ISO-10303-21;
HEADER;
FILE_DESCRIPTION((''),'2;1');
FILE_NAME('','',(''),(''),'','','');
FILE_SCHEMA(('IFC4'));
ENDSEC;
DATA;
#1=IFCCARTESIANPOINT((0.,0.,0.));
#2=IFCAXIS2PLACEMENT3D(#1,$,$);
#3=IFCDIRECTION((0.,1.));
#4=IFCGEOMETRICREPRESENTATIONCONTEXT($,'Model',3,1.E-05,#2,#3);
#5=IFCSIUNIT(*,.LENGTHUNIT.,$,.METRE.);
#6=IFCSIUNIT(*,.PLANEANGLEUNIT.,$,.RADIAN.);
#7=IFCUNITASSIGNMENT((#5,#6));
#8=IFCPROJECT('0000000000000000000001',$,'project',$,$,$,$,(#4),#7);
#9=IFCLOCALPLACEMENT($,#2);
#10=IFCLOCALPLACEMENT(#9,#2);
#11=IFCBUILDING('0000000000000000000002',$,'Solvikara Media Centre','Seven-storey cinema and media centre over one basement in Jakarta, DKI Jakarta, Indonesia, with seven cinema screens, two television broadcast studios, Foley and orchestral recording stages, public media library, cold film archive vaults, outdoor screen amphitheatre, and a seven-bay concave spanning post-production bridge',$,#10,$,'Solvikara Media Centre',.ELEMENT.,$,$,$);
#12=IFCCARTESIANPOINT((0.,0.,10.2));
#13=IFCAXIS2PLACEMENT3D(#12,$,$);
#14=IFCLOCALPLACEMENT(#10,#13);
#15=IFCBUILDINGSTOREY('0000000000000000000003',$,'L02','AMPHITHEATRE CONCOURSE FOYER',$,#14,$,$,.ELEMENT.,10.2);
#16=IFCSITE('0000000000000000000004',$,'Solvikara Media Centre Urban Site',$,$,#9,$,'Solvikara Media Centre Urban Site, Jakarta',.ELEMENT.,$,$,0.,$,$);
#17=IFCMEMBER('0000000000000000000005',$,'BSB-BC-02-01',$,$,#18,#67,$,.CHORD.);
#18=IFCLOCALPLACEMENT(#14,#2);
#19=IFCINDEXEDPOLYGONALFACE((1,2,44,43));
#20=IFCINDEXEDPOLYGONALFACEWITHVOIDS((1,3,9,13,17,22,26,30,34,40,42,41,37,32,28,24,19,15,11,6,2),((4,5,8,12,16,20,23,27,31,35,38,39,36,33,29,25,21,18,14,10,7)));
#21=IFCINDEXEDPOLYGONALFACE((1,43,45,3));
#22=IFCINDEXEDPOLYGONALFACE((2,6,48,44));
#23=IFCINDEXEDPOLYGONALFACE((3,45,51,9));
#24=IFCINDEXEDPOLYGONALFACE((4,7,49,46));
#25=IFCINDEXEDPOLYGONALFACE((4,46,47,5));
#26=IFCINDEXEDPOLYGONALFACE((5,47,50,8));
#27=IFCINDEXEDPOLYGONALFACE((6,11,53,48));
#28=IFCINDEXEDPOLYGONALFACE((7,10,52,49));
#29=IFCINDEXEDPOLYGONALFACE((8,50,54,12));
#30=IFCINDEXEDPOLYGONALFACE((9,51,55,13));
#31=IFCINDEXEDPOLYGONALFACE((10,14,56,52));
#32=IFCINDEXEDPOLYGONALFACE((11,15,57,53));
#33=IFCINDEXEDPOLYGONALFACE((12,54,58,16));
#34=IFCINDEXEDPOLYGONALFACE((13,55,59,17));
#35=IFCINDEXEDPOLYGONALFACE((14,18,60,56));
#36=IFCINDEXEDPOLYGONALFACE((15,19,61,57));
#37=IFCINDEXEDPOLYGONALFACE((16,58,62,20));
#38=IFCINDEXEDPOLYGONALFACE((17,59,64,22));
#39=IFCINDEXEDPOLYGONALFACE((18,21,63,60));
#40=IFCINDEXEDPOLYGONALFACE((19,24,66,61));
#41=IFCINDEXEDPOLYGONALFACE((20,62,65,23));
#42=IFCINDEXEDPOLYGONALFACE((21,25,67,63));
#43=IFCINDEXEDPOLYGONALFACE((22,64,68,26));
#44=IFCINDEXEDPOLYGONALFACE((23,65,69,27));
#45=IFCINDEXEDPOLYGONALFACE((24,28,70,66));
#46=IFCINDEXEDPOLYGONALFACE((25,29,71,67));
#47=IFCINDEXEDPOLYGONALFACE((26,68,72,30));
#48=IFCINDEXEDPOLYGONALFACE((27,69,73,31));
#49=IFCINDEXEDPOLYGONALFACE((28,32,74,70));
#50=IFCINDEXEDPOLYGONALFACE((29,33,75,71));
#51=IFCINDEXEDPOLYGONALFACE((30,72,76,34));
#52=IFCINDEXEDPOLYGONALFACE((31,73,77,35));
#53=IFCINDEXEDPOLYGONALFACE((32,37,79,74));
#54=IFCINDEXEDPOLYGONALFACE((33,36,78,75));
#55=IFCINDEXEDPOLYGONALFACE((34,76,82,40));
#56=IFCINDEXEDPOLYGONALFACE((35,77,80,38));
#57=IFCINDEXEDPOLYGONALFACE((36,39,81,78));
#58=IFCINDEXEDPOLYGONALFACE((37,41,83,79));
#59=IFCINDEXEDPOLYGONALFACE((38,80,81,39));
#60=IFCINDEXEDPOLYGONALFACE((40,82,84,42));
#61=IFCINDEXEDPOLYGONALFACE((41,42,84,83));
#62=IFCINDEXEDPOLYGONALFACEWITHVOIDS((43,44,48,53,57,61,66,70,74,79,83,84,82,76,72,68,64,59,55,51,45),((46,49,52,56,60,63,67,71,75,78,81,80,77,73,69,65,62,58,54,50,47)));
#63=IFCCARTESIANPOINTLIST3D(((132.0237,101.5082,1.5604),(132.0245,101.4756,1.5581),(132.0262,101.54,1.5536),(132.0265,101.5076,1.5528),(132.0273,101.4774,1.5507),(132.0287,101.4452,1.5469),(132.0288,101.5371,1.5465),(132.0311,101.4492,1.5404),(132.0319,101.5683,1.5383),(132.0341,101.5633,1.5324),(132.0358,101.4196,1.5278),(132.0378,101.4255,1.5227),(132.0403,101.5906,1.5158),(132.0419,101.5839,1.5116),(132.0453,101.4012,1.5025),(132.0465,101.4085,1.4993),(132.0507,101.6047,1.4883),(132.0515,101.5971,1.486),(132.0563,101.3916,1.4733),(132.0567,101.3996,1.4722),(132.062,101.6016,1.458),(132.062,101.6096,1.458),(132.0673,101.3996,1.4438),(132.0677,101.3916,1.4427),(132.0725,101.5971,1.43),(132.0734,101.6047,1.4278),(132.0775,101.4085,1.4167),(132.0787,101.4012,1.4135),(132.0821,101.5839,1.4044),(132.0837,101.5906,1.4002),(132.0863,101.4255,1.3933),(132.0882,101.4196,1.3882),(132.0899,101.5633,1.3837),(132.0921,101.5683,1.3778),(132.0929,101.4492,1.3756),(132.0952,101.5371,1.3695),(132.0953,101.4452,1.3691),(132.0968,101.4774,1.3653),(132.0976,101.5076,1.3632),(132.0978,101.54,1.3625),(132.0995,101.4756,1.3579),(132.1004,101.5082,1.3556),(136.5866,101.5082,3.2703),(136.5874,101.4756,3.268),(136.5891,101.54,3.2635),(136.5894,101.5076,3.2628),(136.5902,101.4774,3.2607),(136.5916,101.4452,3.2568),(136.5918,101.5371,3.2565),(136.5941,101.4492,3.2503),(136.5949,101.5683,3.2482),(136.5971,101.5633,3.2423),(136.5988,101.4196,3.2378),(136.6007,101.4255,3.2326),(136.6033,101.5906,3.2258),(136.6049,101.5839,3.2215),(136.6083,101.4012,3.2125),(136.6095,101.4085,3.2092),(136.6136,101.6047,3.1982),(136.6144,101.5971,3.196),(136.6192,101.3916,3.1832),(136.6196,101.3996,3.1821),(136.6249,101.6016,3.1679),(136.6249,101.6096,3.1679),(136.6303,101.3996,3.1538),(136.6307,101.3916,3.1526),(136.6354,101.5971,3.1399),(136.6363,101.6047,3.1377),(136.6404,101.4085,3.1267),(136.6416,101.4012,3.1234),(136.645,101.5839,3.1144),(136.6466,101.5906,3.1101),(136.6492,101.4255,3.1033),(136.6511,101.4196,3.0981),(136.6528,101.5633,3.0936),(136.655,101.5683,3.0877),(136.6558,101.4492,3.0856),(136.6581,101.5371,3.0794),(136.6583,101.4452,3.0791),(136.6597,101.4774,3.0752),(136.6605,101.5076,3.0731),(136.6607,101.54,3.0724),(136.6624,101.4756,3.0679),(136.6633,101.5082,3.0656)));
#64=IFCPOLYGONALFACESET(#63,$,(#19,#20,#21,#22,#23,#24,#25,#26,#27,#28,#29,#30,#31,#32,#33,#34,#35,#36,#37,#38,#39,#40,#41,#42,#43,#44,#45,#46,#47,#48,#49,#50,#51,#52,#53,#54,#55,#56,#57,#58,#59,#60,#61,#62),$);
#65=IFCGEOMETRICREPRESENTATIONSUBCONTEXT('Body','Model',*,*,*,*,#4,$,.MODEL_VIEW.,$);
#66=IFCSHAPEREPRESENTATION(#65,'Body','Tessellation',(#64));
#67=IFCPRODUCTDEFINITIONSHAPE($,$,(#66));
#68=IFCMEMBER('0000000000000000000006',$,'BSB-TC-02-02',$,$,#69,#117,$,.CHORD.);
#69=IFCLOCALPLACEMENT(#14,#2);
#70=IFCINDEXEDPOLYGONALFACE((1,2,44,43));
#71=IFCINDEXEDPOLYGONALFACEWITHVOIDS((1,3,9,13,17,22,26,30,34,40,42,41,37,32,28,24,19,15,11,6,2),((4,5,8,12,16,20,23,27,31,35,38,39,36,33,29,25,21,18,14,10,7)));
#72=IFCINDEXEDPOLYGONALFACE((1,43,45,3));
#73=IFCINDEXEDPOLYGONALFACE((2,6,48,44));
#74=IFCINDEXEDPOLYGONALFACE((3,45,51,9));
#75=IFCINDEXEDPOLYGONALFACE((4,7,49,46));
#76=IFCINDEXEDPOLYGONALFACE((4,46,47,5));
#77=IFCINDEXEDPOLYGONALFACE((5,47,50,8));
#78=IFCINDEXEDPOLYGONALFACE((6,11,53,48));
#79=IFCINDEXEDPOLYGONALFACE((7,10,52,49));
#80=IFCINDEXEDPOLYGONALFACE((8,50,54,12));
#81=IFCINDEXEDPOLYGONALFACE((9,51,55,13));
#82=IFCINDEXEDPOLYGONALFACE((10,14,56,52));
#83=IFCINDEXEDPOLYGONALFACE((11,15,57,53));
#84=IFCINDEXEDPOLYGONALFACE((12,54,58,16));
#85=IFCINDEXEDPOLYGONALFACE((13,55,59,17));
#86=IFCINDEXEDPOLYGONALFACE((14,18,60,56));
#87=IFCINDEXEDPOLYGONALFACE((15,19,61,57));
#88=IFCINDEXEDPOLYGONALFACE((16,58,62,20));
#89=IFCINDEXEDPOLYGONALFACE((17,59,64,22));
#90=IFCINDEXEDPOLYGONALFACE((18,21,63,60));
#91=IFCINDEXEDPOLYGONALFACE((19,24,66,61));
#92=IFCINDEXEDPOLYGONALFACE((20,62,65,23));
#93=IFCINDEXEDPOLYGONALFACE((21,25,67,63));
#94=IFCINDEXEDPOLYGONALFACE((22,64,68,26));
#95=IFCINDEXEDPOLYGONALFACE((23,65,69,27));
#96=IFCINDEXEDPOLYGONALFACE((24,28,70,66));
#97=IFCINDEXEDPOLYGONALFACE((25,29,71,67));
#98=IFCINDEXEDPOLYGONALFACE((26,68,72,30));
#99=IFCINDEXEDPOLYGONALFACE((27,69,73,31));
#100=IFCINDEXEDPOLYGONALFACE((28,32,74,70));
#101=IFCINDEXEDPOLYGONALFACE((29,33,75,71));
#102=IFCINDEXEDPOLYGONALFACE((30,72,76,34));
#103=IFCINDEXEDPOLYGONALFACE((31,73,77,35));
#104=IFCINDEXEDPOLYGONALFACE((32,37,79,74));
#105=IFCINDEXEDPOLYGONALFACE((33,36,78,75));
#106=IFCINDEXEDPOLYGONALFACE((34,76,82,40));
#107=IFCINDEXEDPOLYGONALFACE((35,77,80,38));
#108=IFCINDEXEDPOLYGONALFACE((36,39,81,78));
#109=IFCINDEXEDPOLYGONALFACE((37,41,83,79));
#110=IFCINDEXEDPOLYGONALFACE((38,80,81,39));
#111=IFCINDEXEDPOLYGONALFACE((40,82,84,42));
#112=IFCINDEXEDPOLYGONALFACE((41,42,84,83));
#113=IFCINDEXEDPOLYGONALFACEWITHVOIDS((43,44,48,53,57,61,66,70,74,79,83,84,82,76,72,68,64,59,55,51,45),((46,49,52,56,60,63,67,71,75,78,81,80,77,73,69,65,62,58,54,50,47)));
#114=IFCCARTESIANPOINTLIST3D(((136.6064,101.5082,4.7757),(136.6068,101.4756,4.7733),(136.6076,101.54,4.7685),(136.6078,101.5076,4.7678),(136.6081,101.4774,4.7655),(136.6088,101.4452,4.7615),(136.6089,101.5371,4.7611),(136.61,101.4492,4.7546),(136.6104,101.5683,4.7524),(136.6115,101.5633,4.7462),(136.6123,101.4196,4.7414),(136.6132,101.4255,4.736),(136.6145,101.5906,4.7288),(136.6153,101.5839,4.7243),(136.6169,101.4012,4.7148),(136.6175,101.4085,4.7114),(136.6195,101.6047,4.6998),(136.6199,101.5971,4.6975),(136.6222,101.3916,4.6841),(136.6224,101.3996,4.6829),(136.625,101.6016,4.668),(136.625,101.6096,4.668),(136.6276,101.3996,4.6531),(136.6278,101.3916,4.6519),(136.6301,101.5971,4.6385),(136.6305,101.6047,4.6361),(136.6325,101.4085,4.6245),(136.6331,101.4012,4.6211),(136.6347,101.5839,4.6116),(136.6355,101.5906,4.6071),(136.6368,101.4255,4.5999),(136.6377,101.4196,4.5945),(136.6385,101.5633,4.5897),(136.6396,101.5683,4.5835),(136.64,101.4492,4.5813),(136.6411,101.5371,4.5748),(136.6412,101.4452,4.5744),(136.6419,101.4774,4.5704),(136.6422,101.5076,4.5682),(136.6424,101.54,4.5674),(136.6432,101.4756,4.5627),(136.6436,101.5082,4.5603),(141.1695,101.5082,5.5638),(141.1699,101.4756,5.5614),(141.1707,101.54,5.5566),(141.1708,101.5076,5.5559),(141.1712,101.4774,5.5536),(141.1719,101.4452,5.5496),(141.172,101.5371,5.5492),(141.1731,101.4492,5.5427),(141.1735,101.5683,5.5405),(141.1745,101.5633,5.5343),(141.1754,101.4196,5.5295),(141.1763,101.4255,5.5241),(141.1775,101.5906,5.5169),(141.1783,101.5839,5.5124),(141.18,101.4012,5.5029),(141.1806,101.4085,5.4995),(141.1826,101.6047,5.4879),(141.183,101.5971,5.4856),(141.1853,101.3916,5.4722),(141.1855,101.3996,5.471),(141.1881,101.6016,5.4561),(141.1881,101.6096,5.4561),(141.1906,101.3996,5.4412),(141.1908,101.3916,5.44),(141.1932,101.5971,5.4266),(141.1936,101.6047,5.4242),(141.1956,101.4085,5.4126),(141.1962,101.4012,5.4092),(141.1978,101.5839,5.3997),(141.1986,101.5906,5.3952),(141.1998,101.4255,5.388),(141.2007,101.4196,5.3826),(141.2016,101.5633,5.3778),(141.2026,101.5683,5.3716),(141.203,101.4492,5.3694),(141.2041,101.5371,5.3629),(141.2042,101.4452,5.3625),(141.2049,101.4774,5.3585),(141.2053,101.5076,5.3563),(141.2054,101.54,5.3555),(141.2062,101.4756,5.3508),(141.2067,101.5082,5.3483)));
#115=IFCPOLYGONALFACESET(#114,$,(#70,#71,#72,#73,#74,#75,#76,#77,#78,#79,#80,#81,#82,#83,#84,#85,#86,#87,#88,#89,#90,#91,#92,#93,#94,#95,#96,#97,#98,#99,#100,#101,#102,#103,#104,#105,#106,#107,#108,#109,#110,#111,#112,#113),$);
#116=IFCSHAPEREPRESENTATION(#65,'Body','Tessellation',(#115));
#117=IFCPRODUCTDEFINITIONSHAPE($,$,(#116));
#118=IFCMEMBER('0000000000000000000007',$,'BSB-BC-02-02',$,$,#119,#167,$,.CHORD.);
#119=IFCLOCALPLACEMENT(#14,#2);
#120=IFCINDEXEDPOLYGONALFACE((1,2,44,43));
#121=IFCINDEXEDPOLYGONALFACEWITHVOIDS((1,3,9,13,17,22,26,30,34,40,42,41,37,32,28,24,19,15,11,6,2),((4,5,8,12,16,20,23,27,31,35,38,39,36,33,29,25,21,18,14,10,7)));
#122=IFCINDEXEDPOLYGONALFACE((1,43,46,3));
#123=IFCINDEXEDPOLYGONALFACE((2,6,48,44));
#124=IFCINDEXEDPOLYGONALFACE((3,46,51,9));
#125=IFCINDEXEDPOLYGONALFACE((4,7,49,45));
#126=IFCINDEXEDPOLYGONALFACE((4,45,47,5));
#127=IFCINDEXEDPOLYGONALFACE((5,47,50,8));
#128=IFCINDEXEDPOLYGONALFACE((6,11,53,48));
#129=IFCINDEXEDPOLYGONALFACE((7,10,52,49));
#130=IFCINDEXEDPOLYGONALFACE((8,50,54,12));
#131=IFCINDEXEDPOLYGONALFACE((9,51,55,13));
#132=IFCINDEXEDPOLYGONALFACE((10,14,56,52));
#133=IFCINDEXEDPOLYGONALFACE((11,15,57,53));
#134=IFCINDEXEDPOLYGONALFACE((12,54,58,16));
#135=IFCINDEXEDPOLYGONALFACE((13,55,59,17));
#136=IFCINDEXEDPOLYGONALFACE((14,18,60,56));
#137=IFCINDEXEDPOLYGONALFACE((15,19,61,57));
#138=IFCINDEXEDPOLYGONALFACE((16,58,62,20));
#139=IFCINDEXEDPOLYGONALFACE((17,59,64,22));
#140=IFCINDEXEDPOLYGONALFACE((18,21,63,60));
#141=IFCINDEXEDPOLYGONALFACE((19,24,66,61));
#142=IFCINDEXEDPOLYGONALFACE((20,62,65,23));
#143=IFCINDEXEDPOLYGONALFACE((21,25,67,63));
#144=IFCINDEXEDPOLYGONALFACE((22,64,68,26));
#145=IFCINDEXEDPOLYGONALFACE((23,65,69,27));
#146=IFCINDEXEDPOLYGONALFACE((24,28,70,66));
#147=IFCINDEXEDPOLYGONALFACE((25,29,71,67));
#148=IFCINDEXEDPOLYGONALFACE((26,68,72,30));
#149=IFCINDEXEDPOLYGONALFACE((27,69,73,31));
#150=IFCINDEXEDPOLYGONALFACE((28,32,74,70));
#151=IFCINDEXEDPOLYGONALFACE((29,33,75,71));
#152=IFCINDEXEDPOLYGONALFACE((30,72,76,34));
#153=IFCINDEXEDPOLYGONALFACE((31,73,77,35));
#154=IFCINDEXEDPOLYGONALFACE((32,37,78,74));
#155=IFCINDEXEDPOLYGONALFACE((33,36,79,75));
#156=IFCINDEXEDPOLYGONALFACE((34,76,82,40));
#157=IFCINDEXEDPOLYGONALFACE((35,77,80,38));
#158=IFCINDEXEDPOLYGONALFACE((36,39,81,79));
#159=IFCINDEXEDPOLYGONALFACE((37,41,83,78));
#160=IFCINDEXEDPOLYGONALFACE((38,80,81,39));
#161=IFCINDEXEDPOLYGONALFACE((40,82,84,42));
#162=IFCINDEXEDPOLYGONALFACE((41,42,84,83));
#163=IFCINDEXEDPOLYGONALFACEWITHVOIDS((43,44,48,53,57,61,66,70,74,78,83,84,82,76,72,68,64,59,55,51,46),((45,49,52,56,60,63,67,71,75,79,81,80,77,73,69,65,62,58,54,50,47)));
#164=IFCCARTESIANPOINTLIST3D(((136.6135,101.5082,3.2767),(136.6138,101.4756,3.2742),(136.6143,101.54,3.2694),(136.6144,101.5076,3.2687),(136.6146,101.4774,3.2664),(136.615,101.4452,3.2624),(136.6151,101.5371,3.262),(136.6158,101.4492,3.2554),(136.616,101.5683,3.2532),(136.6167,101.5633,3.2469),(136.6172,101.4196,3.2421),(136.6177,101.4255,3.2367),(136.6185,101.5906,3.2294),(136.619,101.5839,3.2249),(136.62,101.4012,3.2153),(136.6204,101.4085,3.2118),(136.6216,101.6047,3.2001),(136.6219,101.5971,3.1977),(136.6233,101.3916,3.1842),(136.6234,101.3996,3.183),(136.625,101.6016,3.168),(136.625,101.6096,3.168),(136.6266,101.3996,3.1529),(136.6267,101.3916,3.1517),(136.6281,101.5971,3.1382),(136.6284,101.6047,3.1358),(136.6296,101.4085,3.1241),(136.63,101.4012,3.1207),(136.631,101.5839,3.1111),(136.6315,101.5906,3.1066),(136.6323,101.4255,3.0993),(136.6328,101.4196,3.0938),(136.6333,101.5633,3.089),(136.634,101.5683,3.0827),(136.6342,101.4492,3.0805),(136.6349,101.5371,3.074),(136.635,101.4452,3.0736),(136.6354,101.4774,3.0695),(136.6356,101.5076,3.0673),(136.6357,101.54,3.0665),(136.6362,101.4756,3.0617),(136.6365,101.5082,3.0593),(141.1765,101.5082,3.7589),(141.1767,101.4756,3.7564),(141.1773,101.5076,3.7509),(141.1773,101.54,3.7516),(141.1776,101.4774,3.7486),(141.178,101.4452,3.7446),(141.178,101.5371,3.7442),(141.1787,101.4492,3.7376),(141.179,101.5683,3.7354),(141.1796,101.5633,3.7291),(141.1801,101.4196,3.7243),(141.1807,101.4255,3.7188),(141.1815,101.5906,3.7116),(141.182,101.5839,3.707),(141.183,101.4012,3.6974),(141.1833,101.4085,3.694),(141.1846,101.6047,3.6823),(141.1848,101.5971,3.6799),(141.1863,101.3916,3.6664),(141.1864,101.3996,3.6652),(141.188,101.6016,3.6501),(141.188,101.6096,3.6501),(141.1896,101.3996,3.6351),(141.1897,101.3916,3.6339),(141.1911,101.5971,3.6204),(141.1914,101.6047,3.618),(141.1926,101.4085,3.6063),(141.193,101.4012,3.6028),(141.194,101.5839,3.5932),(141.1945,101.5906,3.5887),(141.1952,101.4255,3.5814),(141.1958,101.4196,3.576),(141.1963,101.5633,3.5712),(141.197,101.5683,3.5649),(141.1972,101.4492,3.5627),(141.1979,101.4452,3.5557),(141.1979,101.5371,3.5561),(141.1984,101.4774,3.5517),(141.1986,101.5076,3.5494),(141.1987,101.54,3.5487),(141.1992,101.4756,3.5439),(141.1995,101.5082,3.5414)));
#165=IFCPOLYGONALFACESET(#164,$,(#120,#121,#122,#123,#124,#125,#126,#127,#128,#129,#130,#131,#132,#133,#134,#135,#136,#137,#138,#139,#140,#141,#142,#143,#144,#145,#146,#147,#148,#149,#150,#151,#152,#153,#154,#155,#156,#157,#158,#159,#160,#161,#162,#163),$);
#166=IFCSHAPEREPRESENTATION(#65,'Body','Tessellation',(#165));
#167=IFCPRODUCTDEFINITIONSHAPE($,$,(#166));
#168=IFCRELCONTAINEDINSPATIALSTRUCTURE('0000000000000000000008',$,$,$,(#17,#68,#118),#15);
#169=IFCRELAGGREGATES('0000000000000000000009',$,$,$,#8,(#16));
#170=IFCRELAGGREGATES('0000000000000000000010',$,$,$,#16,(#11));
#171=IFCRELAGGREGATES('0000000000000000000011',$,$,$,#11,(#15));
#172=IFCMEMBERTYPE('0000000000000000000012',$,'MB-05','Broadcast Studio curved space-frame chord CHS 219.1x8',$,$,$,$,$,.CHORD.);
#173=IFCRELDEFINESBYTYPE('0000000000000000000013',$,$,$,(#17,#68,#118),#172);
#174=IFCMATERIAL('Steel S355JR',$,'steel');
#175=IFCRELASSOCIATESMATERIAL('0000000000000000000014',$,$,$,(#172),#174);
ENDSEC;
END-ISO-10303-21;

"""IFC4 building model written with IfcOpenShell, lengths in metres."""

from ifc_helpers import new_model, si_unit, direction, frame, origin, origin_2d, place, context, subcontext, project, spatial, hollow_circle, extrude, material, material_profile, profile_set, type_object, element, save


model = new_model("IFC4")

# Units and contexts
model_context = context("Model", 3, precision=1e-05, world=origin(), true_north=direction((0.0, 1.0)))
body_context = subcontext(model_context, "Body", "Model", "MODEL_VIEW")
ifc_project = project(units=[si_unit("LENGTHUNIT", "METRE"), si_unit("PLANEANGLEUNIT", "RADIAN")], contexts=[model_context])

# Site, building, storey
site_placement = place(None, origin())
site = spatial("IfcSite", under=ifc_project, at=site_placement, Name="Solvikara Media Centre Urban Site", LongName="Solvikara Media Centre Urban Site, Jakarta", CompositionType="ELEMENT", RefElevation=0.0)
building_placement = place(site_placement, origin())
building = spatial("IfcBuilding", under=site, at=building_placement, Name="Solvikara Media Centre", Description="Seven-storey cinema and media centre over one basement in Jakarta, DKI Jakarta, Indonesia, with seven cinema screens, two television broadcast studios, Foley and orchestral recording stages, public media library, cold film archive vaults, outdoor screen amphitheatre, and a seven-bay concave spanning post-production bridge", LongName="Solvikara Media Centre", CompositionType="ELEMENT")
storey_placement = place(building_placement, frame((0.0, 0.0, 10.2)))
storey = spatial("IfcBuildingStorey", under=building, at=storey_placement, Name="L02", Description="AMPHITHEATRE CONCOURSE FOYER", CompositionType="ELEMENT", Elevation=10.2)

# Shared definitions
ifc_material_1 = material(Name="Steel S355JR", Category="steel")

# Members
ifc_material_profile_1 = material_profile(ifc_material_1, hollow_circle(Radius=0.1096, WallThickness=0.0081, at=origin_2d()), Name="CHS 219.1x8")
ifc_profile_set_1 = profile_set([ifc_material_profile_1], Name="Steel S355JR")
member_type_1 = type_object("IfcMemberType", Name="MB-05", Description="Broadcast Studio curved space-frame chord CHS 219.1x8", PredefinedType="CHORD", material=ifc_profile_set_1)
for number, where, z_axis, x_axis, name in (
    (1, (132.062, 101.5, 1.458), (0.936407, 0.0, 0.350915), (0.0, 1.0, 0.0), "BSB-BC-02-01"),
):
    element("IfcMember", number, at=place(storey_placement, frame(where, z_axis=z_axis, x_axis=x_axis)), inside=storey, type_object=member_type_1, Name=name, PredefinedType="CHORD", context=body_context, shape_type="SweptSolid", body=[
        extrude(hollow_circle(Radius=0.1096, WallThickness=0.0081, at=origin_2d()), origin(), (0.0, 0.0, 1.0), 4.8728),
    ])
member_1_placement = place(storey_placement, frame((136.625, 101.5, 4.668), z_axis=(0.985411, 0.0, 0.170193), x_axis=(0.0, 1.0, 0.0)))
element("IfcMember", 2, at=member_1_placement, inside=storey, type_object=member_type_1, Name="BSB-TC-02-02", PredefinedType="CHORD", context=body_context, shape_type="SweptSolid", body=[
    extrude(hollow_circle(Radius=0.1096, WallThickness=0.0081, at=origin_2d()), origin(), (0.0, 0.0, 1.0), 4.6306),
])
member_2_placement = place(storey_placement, frame((136.625, 101.5, 3.168), z_axis=(0.994463, 0.0, 0.105086), x_axis=(0.0, 1.0, 0.0)))
element("IfcMember", 3, at=member_2_placement, inside=storey, type_object=member_type_1, Name="BSB-BC-02-02", PredefinedType="CHORD", context=body_context, shape_type="SweptSolid", body=[
    extrude(hollow_circle(Radius=0.1096, WallThickness=0.0081, at=origin_2d()), origin(), (0.0, 0.0, 1.0), 4.5884),
])

save(model, "model.ifc")
